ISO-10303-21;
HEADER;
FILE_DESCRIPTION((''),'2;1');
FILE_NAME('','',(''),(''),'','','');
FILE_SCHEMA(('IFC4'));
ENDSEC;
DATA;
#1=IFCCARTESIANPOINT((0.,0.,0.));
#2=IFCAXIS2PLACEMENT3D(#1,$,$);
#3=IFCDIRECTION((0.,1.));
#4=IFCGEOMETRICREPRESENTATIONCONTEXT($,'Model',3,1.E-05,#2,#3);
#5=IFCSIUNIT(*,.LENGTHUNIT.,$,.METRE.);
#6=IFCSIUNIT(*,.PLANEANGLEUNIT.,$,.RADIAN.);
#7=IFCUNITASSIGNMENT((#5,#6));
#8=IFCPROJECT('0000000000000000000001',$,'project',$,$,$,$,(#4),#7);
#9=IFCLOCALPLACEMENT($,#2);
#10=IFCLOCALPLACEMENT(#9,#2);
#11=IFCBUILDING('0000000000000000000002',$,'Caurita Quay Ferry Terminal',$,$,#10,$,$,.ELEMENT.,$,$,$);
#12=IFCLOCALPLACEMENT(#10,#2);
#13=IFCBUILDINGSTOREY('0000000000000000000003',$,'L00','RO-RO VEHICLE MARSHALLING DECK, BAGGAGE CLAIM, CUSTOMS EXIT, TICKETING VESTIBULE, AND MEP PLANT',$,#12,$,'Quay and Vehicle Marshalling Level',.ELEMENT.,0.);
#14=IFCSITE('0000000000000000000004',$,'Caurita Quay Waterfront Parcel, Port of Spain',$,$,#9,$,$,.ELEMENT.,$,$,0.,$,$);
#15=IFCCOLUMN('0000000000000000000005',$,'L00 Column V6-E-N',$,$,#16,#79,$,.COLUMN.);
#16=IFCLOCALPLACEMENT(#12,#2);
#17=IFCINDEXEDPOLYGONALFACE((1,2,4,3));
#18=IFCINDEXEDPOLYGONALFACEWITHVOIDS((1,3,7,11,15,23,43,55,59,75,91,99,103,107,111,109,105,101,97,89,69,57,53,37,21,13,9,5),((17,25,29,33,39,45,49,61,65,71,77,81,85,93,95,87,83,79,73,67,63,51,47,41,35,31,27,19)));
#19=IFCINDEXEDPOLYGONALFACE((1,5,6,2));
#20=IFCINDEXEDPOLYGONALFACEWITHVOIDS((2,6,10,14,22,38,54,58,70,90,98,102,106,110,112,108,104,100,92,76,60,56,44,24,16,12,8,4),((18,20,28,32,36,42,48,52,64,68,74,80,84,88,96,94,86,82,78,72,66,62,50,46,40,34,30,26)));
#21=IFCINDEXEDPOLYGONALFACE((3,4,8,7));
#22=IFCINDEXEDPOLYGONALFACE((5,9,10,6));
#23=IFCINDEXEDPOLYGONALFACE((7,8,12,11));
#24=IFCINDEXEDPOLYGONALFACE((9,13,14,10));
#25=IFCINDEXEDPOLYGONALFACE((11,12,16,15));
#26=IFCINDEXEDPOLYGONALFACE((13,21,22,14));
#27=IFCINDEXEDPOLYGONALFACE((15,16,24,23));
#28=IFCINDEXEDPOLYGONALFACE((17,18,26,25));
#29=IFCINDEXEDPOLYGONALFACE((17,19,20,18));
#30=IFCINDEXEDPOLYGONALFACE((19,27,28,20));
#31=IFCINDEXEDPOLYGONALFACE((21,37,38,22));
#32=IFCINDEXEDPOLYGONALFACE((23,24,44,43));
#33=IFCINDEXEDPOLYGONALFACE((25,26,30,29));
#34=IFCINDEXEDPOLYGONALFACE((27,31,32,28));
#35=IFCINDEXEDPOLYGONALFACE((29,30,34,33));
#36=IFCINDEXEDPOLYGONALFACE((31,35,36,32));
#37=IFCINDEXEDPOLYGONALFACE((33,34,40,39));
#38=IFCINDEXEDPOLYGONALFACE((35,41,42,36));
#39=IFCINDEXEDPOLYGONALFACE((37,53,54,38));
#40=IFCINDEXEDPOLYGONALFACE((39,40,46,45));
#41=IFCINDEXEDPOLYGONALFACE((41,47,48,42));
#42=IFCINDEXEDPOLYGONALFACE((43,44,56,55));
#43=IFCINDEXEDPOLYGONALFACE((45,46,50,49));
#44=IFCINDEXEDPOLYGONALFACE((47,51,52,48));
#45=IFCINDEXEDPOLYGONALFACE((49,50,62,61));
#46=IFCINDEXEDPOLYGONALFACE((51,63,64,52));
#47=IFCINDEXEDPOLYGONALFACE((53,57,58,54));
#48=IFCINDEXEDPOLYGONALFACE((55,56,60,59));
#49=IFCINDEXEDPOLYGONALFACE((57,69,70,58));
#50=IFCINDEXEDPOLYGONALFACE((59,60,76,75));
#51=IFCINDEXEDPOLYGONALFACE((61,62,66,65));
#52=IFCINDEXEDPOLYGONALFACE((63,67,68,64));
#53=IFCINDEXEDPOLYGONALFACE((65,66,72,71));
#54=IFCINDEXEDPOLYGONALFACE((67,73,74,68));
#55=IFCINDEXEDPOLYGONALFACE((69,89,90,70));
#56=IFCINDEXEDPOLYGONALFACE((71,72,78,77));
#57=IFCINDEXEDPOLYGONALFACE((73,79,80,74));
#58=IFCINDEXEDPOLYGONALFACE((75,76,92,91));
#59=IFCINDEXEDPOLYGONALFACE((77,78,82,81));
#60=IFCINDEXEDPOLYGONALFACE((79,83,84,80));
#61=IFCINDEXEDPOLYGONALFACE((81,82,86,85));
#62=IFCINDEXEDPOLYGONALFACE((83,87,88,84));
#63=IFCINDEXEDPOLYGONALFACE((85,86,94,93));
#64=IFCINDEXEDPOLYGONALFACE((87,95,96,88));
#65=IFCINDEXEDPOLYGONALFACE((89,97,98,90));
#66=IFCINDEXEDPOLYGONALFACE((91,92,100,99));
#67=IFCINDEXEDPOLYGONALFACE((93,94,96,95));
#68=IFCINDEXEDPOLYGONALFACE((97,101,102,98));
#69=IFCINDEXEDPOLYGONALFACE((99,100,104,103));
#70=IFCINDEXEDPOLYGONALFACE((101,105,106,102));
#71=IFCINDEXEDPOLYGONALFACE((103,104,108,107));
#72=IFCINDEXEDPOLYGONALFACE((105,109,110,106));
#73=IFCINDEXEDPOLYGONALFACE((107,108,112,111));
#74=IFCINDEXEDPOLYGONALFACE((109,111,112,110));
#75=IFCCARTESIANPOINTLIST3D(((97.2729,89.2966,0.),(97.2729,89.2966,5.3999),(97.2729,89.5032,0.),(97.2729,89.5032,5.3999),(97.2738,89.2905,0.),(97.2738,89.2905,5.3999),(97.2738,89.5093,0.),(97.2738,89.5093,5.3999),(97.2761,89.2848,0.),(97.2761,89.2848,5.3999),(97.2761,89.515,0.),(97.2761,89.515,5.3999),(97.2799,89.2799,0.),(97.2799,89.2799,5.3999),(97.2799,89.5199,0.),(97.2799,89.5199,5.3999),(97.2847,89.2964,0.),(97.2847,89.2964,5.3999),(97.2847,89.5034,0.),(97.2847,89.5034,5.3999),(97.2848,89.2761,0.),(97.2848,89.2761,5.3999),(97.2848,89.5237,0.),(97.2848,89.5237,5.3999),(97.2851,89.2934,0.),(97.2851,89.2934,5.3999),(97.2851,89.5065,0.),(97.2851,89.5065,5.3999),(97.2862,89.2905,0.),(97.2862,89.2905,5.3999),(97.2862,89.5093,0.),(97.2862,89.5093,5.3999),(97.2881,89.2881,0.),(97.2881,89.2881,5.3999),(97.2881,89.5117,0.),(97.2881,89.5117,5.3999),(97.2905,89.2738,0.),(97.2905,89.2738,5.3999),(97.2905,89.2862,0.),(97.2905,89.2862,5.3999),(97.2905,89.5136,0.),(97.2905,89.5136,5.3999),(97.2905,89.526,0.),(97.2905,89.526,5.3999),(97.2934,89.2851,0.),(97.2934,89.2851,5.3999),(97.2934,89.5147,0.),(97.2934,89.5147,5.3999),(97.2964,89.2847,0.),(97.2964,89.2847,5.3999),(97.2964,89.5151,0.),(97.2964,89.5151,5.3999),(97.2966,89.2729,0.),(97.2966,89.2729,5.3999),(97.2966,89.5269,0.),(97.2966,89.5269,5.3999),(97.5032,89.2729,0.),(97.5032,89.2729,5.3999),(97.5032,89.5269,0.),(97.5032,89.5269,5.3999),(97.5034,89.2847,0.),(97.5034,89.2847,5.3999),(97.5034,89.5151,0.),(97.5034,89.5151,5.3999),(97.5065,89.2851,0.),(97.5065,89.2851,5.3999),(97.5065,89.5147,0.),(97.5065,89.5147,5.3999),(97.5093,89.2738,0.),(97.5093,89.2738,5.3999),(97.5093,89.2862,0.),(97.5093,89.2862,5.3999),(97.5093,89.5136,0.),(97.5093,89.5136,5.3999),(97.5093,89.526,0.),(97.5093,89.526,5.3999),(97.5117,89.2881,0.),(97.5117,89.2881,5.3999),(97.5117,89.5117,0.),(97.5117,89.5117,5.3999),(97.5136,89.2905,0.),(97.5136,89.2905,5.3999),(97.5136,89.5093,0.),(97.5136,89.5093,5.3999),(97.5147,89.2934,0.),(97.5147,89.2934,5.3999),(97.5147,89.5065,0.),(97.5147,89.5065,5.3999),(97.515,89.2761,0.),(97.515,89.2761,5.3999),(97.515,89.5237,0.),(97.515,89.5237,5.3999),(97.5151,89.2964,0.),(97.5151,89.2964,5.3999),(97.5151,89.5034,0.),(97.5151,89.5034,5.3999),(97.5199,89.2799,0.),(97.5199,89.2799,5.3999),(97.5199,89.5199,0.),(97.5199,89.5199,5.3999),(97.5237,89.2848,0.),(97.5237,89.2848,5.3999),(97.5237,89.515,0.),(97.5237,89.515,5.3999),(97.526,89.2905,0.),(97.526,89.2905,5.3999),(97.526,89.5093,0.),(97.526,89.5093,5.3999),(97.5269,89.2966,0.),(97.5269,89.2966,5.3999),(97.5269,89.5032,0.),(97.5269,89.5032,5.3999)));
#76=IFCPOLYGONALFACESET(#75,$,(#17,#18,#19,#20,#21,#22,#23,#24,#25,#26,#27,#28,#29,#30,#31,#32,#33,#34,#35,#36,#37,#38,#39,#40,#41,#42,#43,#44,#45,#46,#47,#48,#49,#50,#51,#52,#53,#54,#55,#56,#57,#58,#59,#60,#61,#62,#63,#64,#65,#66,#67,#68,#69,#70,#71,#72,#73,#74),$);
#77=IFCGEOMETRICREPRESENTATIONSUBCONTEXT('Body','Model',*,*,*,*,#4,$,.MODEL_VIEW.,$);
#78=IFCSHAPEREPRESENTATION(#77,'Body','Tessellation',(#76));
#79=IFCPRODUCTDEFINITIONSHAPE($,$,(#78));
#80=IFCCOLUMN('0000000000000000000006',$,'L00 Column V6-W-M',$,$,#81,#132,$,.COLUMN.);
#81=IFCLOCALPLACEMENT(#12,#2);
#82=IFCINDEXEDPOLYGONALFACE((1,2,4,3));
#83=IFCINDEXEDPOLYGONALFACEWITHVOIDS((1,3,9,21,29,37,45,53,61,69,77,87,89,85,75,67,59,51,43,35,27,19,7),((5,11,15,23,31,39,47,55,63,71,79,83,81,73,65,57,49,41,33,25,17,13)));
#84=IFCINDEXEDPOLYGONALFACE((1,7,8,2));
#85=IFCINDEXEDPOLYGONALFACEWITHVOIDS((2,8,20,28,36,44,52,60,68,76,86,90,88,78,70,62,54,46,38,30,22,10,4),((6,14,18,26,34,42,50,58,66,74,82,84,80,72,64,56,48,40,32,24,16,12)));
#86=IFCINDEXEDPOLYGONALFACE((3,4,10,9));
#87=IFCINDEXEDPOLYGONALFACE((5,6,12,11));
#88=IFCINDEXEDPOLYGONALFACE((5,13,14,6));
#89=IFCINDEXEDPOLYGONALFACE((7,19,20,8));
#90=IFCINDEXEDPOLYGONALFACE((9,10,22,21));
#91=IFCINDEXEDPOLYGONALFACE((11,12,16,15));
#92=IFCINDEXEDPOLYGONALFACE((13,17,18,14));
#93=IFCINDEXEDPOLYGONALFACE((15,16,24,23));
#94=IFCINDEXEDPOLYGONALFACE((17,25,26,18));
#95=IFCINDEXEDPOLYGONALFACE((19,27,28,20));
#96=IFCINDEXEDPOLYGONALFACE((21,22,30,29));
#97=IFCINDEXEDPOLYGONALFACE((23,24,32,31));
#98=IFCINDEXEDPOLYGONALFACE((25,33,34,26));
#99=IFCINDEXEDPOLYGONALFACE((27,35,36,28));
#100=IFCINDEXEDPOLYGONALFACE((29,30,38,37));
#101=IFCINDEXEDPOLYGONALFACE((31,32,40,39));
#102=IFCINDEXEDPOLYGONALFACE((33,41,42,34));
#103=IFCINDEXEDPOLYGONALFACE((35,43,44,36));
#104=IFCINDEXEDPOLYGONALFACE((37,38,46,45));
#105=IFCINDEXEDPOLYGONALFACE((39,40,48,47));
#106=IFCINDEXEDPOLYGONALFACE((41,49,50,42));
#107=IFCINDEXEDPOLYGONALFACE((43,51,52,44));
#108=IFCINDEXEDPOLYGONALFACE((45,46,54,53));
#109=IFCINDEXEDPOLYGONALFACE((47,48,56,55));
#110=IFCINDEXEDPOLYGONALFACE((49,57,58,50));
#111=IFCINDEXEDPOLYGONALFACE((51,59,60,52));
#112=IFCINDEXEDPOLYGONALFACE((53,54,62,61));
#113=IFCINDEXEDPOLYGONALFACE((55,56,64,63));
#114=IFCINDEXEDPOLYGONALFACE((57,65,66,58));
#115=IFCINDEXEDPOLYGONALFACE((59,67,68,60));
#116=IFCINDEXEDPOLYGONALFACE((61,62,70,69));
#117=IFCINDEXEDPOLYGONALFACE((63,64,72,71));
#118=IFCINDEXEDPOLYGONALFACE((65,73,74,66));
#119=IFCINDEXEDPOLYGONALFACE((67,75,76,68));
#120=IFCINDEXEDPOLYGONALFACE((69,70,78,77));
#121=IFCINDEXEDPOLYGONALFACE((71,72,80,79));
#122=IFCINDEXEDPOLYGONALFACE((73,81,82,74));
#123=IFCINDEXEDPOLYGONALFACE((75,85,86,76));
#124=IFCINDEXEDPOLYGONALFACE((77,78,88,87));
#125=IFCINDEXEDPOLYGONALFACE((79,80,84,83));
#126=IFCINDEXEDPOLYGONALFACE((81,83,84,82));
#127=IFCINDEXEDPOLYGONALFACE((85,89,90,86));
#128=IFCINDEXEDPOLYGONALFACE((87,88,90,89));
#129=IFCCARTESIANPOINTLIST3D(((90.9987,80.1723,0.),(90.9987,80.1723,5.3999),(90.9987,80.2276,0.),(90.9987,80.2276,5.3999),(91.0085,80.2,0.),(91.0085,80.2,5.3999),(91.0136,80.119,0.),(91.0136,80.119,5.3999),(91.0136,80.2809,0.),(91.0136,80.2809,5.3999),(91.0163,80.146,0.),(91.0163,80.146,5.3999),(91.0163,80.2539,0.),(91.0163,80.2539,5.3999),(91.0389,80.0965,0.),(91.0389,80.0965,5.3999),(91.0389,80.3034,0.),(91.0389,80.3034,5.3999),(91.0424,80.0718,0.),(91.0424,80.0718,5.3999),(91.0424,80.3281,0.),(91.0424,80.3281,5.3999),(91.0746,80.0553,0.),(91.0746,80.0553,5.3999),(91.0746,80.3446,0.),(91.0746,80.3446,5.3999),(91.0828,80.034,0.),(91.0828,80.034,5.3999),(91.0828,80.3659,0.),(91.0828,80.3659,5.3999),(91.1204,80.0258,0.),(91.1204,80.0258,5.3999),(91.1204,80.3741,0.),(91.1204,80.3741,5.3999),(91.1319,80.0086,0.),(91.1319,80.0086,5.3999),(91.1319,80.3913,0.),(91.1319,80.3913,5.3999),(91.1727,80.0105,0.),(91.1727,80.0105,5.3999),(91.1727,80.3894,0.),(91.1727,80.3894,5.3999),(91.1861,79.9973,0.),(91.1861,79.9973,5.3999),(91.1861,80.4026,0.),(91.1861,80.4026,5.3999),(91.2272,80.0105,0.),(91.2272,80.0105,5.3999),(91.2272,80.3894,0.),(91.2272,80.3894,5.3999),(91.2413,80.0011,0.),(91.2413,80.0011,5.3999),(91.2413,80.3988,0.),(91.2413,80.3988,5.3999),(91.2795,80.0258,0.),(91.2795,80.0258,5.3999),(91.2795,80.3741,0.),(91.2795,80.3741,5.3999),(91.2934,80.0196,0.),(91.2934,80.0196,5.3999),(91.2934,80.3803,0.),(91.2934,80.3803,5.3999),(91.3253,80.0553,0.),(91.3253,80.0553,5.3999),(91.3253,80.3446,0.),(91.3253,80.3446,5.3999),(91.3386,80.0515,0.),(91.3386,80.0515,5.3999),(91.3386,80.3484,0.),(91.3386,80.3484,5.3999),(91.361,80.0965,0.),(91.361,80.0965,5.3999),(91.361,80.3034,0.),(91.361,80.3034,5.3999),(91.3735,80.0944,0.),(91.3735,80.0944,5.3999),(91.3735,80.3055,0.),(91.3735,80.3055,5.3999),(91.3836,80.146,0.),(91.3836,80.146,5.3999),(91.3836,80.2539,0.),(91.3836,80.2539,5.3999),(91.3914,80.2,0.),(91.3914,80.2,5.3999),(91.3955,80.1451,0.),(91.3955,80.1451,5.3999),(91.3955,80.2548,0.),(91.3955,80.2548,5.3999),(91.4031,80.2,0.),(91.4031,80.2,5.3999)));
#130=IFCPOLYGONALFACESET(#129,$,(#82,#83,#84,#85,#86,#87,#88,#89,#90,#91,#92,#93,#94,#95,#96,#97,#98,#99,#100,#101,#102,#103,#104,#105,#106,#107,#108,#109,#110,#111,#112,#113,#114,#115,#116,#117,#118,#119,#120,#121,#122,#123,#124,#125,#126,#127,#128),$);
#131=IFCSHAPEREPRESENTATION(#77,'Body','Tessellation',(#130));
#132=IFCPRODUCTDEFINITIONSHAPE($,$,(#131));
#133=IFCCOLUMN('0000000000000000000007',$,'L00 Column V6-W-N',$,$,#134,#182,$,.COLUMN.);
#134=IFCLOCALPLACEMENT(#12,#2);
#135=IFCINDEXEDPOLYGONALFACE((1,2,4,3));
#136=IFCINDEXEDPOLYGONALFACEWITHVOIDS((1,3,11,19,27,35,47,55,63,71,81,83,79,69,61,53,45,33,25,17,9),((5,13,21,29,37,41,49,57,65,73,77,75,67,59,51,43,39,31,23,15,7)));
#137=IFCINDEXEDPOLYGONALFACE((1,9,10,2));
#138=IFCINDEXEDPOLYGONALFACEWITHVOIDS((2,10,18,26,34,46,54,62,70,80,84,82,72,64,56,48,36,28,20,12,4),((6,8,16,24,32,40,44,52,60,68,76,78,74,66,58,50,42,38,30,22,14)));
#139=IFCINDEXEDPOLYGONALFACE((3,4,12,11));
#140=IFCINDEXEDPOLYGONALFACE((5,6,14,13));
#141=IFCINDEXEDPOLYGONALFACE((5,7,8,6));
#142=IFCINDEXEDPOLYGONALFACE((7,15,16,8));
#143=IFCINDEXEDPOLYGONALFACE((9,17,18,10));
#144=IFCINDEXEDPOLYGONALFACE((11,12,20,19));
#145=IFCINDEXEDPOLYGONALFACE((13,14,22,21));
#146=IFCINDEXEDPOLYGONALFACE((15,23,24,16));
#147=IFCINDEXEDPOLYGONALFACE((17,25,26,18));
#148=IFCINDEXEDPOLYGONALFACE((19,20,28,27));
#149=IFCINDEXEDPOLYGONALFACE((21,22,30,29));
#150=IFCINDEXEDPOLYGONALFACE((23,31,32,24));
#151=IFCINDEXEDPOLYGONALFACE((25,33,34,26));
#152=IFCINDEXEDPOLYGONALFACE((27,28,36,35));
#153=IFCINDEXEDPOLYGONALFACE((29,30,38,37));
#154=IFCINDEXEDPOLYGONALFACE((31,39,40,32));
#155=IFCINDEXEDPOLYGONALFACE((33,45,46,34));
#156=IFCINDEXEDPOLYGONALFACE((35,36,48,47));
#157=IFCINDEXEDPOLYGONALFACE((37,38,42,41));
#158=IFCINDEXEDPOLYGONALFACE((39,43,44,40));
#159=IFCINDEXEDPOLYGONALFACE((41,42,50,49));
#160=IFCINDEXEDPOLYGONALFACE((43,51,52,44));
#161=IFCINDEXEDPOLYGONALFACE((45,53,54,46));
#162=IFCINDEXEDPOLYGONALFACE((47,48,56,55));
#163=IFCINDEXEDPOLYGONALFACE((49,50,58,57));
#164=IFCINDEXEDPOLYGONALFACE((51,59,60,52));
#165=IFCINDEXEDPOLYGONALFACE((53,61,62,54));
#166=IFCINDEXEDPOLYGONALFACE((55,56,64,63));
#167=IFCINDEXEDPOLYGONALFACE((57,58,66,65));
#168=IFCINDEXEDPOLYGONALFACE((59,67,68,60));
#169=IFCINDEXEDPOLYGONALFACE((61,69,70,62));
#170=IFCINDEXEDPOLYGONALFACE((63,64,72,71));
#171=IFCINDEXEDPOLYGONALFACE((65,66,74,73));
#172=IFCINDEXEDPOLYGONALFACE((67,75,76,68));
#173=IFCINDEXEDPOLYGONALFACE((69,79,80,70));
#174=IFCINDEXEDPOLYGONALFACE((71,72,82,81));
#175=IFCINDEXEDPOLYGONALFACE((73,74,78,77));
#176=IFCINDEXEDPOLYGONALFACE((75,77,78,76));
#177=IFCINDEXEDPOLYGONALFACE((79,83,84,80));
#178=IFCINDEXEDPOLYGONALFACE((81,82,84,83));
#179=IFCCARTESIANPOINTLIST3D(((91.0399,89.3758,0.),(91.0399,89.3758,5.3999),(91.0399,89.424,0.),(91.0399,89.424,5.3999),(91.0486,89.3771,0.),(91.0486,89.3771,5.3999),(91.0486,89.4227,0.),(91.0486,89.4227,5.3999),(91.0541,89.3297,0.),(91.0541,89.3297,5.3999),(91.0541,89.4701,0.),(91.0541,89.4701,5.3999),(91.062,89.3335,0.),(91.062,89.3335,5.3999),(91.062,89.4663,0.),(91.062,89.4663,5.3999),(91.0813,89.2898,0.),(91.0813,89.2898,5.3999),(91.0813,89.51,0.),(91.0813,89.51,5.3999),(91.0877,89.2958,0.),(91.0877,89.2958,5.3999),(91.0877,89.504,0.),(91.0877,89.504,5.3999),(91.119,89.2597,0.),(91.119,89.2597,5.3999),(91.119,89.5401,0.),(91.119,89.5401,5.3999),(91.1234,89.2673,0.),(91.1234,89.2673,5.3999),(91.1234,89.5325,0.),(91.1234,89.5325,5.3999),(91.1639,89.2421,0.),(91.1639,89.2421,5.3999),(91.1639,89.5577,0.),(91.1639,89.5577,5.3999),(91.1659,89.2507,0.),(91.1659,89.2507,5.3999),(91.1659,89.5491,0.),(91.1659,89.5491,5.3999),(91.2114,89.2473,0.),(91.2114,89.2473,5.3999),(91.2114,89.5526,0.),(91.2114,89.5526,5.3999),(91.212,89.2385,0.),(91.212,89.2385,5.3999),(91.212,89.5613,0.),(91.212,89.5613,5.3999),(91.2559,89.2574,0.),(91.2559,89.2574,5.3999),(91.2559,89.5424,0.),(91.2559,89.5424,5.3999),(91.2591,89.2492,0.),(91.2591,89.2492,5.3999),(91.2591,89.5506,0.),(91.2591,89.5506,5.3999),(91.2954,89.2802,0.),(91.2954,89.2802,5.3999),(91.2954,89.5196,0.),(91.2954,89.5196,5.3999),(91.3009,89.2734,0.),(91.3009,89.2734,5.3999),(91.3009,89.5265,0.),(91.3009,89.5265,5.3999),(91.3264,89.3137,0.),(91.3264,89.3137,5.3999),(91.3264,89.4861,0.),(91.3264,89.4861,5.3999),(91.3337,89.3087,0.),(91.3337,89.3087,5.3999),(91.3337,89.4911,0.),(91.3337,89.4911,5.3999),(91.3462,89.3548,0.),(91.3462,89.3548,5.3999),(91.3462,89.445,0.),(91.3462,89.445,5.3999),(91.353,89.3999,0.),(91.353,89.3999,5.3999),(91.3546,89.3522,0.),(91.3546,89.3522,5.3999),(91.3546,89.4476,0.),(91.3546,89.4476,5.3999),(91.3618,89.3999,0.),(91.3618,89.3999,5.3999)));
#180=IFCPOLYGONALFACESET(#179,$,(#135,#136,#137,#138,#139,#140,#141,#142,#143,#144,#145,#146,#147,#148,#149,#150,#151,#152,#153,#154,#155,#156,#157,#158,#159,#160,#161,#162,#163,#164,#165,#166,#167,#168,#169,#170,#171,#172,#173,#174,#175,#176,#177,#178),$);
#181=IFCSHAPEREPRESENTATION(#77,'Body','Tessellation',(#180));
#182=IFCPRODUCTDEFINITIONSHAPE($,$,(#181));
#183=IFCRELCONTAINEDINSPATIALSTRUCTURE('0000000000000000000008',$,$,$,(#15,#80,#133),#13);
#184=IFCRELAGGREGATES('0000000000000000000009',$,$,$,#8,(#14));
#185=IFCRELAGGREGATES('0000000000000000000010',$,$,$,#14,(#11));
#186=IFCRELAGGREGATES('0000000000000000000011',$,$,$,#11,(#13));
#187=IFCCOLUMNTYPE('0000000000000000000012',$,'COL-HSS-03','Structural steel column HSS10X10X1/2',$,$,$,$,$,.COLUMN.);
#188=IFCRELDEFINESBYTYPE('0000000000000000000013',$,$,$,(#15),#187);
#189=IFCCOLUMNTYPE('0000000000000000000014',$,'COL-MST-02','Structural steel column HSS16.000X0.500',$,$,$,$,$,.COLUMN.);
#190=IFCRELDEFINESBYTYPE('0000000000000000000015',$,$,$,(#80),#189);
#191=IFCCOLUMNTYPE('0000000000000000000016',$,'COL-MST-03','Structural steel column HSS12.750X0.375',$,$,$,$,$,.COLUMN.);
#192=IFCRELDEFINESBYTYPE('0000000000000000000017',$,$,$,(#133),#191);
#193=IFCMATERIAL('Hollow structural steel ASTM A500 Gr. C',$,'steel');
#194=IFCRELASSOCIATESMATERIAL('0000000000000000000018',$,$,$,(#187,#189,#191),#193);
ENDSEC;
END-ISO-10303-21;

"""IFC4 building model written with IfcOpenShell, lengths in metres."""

from ifc_helpers import new_model, si_unit, direction, frame, origin, origin_2d, place, context, subcontext, project, spatial, hollow_rectangle, hollow_circle, extrude, material, material_profile, profile_set, type_object, element, save


model = new_model("IFC4")

# Units and contexts
model_context = context("Model", 3, precision=1e-05, world=origin(), true_north=direction((0.0, 1.0)))
body_context = subcontext(model_context, "Body", "Model", "MODEL_VIEW")
ifc_project = project(units=[si_unit("LENGTHUNIT", "METRE"), si_unit("PLANEANGLEUNIT", "RADIAN")], contexts=[model_context])

# Site, building, storey
site_placement = place(None, origin())
site = spatial("IfcSite", under=ifc_project, at=site_placement, Name="Caurita Quay Waterfront Parcel, Port of Spain", CompositionType="ELEMENT", RefElevation=0.0)
building_placement = place(site_placement, origin())
building = spatial("IfcBuilding", under=site, at=building_placement, Name="Caurita Quay Ferry Terminal", CompositionType="ELEMENT")
storey_placement = place(building_placement, origin())
storey = spatial("IfcBuildingStorey", under=building, at=storey_placement, Name="L00", Description="RO-RO VEHICLE MARSHALLING DECK, BAGGAGE CLAIM, CUSTOMS EXIT, TICKETING VESTIBULE, AND MEP PLANT", LongName="Quay and Vehicle Marshalling Level", CompositionType="ELEMENT", Elevation=0.0)

# Columns
ifc_material_1 = material(Name="Hollow structural steel ASTM A500 Gr. C", Category="steel")
ifc_material_profile_1 = material_profile(ifc_material_1, hollow_rectangle(XDim=0.2539, YDim=0.2539, WallThickness=0.0117, InnerFilletRadius=0.0117, OuterFilletRadius=0.0237, at=origin_2d()), Name="HSS10X10X1/2")
ifc_profile_set_1 = profile_set([ifc_material_profile_1], Name="Hollow structural steel ASTM A500 Gr. C")
column_type_1 = type_object("IfcColumnType", Name="COL-HSS-03", Description="Structural steel column HSS10X10X1/2", PredefinedType="COLUMN", material=ifc_profile_set_1)
for number, where, z_axis, x_axis, name in (
    (1, (97.3999, 89.3999, 0.0), (0.0, 0.0, 1.0), (1.0, 0.0, 0.0), "L00 Column V6-E-N"),
):
    element("IfcColumn", number, at=place(storey_placement, frame(where, z_axis=z_axis, x_axis=x_axis)), inside=storey, type_object=column_type_1, Name=name, PredefinedType="COLUMN", context=body_context, shape_type="SweptSolid", body=[
        extrude(hollow_rectangle(XDim=0.2539, YDim=0.2539, WallThickness=0.0117, InnerFilletRadius=0.0117, OuterFilletRadius=0.0237, at=origin_2d()), origin(), (0.0, 0.0, 1.0), 5.3999),
    ])
ifc_material_profile_2 = material_profile(ifc_material_1, hollow_circle(Radius=0.2031, WallThickness=0.0117, at=origin_2d()), Name="HSS16.000X0.500")
ifc_profile_set_2 = profile_set([ifc_material_profile_2], Name="Hollow structural steel ASTM A500 Gr. C")
column_type_2 = type_object("IfcColumnType", Name="COL-MST-02", Description="Structural steel column HSS16.000X0.500", PredefinedType="COLUMN", material=ifc_profile_set_2)
column_1_placement = place(storey_placement, frame((91.2, 80.2, 0.0), z_axis=(0.0, 0.0, 1.0), x_axis=(1.0, 0.0, 0.0)))
element("IfcColumn", 2, at=column_1_placement, inside=storey, type_object=column_type_2, Name="L00 Column V6-W-M", PredefinedType="COLUMN", context=body_context, shape_type="SweptSolid", body=[
    extrude(hollow_circle(Radius=0.2031, WallThickness=0.0117, at=origin_2d()), origin(), (0.0, 0.0, 1.0), 5.3999),
])
ifc_material_profile_3 = material_profile(ifc_material_1, hollow_circle(Radius=0.1619, WallThickness=0.0088, at=origin_2d()), Name="HSS12.750X0.375")
ifc_profile_set_3 = profile_set([ifc_material_profile_3], Name="Hollow structural steel ASTM A500 Gr. C")
column_type_3 = type_object("IfcColumnType", Name="COL-MST-03", Description="Structural steel column HSS12.750X0.375", PredefinedType="COLUMN", material=ifc_profile_set_3)
column_2_placement = place(storey_placement, frame((91.2, 89.3999, 0.0), z_axis=(0.0, 0.0, 1.0), x_axis=(1.0, 0.0, 0.0)))
element("IfcColumn", 3, at=column_2_placement, inside=storey, type_object=column_type_3, Name="L00 Column V6-W-N", PredefinedType="COLUMN", context=body_context, shape_type="SweptSolid", body=[
    extrude(hollow_circle(Radius=0.1619, WallThickness=0.0088, at=origin_2d()), origin(), (0.0, 0.0, 1.0), 5.3999),
])

save(model, "model.ifc")
